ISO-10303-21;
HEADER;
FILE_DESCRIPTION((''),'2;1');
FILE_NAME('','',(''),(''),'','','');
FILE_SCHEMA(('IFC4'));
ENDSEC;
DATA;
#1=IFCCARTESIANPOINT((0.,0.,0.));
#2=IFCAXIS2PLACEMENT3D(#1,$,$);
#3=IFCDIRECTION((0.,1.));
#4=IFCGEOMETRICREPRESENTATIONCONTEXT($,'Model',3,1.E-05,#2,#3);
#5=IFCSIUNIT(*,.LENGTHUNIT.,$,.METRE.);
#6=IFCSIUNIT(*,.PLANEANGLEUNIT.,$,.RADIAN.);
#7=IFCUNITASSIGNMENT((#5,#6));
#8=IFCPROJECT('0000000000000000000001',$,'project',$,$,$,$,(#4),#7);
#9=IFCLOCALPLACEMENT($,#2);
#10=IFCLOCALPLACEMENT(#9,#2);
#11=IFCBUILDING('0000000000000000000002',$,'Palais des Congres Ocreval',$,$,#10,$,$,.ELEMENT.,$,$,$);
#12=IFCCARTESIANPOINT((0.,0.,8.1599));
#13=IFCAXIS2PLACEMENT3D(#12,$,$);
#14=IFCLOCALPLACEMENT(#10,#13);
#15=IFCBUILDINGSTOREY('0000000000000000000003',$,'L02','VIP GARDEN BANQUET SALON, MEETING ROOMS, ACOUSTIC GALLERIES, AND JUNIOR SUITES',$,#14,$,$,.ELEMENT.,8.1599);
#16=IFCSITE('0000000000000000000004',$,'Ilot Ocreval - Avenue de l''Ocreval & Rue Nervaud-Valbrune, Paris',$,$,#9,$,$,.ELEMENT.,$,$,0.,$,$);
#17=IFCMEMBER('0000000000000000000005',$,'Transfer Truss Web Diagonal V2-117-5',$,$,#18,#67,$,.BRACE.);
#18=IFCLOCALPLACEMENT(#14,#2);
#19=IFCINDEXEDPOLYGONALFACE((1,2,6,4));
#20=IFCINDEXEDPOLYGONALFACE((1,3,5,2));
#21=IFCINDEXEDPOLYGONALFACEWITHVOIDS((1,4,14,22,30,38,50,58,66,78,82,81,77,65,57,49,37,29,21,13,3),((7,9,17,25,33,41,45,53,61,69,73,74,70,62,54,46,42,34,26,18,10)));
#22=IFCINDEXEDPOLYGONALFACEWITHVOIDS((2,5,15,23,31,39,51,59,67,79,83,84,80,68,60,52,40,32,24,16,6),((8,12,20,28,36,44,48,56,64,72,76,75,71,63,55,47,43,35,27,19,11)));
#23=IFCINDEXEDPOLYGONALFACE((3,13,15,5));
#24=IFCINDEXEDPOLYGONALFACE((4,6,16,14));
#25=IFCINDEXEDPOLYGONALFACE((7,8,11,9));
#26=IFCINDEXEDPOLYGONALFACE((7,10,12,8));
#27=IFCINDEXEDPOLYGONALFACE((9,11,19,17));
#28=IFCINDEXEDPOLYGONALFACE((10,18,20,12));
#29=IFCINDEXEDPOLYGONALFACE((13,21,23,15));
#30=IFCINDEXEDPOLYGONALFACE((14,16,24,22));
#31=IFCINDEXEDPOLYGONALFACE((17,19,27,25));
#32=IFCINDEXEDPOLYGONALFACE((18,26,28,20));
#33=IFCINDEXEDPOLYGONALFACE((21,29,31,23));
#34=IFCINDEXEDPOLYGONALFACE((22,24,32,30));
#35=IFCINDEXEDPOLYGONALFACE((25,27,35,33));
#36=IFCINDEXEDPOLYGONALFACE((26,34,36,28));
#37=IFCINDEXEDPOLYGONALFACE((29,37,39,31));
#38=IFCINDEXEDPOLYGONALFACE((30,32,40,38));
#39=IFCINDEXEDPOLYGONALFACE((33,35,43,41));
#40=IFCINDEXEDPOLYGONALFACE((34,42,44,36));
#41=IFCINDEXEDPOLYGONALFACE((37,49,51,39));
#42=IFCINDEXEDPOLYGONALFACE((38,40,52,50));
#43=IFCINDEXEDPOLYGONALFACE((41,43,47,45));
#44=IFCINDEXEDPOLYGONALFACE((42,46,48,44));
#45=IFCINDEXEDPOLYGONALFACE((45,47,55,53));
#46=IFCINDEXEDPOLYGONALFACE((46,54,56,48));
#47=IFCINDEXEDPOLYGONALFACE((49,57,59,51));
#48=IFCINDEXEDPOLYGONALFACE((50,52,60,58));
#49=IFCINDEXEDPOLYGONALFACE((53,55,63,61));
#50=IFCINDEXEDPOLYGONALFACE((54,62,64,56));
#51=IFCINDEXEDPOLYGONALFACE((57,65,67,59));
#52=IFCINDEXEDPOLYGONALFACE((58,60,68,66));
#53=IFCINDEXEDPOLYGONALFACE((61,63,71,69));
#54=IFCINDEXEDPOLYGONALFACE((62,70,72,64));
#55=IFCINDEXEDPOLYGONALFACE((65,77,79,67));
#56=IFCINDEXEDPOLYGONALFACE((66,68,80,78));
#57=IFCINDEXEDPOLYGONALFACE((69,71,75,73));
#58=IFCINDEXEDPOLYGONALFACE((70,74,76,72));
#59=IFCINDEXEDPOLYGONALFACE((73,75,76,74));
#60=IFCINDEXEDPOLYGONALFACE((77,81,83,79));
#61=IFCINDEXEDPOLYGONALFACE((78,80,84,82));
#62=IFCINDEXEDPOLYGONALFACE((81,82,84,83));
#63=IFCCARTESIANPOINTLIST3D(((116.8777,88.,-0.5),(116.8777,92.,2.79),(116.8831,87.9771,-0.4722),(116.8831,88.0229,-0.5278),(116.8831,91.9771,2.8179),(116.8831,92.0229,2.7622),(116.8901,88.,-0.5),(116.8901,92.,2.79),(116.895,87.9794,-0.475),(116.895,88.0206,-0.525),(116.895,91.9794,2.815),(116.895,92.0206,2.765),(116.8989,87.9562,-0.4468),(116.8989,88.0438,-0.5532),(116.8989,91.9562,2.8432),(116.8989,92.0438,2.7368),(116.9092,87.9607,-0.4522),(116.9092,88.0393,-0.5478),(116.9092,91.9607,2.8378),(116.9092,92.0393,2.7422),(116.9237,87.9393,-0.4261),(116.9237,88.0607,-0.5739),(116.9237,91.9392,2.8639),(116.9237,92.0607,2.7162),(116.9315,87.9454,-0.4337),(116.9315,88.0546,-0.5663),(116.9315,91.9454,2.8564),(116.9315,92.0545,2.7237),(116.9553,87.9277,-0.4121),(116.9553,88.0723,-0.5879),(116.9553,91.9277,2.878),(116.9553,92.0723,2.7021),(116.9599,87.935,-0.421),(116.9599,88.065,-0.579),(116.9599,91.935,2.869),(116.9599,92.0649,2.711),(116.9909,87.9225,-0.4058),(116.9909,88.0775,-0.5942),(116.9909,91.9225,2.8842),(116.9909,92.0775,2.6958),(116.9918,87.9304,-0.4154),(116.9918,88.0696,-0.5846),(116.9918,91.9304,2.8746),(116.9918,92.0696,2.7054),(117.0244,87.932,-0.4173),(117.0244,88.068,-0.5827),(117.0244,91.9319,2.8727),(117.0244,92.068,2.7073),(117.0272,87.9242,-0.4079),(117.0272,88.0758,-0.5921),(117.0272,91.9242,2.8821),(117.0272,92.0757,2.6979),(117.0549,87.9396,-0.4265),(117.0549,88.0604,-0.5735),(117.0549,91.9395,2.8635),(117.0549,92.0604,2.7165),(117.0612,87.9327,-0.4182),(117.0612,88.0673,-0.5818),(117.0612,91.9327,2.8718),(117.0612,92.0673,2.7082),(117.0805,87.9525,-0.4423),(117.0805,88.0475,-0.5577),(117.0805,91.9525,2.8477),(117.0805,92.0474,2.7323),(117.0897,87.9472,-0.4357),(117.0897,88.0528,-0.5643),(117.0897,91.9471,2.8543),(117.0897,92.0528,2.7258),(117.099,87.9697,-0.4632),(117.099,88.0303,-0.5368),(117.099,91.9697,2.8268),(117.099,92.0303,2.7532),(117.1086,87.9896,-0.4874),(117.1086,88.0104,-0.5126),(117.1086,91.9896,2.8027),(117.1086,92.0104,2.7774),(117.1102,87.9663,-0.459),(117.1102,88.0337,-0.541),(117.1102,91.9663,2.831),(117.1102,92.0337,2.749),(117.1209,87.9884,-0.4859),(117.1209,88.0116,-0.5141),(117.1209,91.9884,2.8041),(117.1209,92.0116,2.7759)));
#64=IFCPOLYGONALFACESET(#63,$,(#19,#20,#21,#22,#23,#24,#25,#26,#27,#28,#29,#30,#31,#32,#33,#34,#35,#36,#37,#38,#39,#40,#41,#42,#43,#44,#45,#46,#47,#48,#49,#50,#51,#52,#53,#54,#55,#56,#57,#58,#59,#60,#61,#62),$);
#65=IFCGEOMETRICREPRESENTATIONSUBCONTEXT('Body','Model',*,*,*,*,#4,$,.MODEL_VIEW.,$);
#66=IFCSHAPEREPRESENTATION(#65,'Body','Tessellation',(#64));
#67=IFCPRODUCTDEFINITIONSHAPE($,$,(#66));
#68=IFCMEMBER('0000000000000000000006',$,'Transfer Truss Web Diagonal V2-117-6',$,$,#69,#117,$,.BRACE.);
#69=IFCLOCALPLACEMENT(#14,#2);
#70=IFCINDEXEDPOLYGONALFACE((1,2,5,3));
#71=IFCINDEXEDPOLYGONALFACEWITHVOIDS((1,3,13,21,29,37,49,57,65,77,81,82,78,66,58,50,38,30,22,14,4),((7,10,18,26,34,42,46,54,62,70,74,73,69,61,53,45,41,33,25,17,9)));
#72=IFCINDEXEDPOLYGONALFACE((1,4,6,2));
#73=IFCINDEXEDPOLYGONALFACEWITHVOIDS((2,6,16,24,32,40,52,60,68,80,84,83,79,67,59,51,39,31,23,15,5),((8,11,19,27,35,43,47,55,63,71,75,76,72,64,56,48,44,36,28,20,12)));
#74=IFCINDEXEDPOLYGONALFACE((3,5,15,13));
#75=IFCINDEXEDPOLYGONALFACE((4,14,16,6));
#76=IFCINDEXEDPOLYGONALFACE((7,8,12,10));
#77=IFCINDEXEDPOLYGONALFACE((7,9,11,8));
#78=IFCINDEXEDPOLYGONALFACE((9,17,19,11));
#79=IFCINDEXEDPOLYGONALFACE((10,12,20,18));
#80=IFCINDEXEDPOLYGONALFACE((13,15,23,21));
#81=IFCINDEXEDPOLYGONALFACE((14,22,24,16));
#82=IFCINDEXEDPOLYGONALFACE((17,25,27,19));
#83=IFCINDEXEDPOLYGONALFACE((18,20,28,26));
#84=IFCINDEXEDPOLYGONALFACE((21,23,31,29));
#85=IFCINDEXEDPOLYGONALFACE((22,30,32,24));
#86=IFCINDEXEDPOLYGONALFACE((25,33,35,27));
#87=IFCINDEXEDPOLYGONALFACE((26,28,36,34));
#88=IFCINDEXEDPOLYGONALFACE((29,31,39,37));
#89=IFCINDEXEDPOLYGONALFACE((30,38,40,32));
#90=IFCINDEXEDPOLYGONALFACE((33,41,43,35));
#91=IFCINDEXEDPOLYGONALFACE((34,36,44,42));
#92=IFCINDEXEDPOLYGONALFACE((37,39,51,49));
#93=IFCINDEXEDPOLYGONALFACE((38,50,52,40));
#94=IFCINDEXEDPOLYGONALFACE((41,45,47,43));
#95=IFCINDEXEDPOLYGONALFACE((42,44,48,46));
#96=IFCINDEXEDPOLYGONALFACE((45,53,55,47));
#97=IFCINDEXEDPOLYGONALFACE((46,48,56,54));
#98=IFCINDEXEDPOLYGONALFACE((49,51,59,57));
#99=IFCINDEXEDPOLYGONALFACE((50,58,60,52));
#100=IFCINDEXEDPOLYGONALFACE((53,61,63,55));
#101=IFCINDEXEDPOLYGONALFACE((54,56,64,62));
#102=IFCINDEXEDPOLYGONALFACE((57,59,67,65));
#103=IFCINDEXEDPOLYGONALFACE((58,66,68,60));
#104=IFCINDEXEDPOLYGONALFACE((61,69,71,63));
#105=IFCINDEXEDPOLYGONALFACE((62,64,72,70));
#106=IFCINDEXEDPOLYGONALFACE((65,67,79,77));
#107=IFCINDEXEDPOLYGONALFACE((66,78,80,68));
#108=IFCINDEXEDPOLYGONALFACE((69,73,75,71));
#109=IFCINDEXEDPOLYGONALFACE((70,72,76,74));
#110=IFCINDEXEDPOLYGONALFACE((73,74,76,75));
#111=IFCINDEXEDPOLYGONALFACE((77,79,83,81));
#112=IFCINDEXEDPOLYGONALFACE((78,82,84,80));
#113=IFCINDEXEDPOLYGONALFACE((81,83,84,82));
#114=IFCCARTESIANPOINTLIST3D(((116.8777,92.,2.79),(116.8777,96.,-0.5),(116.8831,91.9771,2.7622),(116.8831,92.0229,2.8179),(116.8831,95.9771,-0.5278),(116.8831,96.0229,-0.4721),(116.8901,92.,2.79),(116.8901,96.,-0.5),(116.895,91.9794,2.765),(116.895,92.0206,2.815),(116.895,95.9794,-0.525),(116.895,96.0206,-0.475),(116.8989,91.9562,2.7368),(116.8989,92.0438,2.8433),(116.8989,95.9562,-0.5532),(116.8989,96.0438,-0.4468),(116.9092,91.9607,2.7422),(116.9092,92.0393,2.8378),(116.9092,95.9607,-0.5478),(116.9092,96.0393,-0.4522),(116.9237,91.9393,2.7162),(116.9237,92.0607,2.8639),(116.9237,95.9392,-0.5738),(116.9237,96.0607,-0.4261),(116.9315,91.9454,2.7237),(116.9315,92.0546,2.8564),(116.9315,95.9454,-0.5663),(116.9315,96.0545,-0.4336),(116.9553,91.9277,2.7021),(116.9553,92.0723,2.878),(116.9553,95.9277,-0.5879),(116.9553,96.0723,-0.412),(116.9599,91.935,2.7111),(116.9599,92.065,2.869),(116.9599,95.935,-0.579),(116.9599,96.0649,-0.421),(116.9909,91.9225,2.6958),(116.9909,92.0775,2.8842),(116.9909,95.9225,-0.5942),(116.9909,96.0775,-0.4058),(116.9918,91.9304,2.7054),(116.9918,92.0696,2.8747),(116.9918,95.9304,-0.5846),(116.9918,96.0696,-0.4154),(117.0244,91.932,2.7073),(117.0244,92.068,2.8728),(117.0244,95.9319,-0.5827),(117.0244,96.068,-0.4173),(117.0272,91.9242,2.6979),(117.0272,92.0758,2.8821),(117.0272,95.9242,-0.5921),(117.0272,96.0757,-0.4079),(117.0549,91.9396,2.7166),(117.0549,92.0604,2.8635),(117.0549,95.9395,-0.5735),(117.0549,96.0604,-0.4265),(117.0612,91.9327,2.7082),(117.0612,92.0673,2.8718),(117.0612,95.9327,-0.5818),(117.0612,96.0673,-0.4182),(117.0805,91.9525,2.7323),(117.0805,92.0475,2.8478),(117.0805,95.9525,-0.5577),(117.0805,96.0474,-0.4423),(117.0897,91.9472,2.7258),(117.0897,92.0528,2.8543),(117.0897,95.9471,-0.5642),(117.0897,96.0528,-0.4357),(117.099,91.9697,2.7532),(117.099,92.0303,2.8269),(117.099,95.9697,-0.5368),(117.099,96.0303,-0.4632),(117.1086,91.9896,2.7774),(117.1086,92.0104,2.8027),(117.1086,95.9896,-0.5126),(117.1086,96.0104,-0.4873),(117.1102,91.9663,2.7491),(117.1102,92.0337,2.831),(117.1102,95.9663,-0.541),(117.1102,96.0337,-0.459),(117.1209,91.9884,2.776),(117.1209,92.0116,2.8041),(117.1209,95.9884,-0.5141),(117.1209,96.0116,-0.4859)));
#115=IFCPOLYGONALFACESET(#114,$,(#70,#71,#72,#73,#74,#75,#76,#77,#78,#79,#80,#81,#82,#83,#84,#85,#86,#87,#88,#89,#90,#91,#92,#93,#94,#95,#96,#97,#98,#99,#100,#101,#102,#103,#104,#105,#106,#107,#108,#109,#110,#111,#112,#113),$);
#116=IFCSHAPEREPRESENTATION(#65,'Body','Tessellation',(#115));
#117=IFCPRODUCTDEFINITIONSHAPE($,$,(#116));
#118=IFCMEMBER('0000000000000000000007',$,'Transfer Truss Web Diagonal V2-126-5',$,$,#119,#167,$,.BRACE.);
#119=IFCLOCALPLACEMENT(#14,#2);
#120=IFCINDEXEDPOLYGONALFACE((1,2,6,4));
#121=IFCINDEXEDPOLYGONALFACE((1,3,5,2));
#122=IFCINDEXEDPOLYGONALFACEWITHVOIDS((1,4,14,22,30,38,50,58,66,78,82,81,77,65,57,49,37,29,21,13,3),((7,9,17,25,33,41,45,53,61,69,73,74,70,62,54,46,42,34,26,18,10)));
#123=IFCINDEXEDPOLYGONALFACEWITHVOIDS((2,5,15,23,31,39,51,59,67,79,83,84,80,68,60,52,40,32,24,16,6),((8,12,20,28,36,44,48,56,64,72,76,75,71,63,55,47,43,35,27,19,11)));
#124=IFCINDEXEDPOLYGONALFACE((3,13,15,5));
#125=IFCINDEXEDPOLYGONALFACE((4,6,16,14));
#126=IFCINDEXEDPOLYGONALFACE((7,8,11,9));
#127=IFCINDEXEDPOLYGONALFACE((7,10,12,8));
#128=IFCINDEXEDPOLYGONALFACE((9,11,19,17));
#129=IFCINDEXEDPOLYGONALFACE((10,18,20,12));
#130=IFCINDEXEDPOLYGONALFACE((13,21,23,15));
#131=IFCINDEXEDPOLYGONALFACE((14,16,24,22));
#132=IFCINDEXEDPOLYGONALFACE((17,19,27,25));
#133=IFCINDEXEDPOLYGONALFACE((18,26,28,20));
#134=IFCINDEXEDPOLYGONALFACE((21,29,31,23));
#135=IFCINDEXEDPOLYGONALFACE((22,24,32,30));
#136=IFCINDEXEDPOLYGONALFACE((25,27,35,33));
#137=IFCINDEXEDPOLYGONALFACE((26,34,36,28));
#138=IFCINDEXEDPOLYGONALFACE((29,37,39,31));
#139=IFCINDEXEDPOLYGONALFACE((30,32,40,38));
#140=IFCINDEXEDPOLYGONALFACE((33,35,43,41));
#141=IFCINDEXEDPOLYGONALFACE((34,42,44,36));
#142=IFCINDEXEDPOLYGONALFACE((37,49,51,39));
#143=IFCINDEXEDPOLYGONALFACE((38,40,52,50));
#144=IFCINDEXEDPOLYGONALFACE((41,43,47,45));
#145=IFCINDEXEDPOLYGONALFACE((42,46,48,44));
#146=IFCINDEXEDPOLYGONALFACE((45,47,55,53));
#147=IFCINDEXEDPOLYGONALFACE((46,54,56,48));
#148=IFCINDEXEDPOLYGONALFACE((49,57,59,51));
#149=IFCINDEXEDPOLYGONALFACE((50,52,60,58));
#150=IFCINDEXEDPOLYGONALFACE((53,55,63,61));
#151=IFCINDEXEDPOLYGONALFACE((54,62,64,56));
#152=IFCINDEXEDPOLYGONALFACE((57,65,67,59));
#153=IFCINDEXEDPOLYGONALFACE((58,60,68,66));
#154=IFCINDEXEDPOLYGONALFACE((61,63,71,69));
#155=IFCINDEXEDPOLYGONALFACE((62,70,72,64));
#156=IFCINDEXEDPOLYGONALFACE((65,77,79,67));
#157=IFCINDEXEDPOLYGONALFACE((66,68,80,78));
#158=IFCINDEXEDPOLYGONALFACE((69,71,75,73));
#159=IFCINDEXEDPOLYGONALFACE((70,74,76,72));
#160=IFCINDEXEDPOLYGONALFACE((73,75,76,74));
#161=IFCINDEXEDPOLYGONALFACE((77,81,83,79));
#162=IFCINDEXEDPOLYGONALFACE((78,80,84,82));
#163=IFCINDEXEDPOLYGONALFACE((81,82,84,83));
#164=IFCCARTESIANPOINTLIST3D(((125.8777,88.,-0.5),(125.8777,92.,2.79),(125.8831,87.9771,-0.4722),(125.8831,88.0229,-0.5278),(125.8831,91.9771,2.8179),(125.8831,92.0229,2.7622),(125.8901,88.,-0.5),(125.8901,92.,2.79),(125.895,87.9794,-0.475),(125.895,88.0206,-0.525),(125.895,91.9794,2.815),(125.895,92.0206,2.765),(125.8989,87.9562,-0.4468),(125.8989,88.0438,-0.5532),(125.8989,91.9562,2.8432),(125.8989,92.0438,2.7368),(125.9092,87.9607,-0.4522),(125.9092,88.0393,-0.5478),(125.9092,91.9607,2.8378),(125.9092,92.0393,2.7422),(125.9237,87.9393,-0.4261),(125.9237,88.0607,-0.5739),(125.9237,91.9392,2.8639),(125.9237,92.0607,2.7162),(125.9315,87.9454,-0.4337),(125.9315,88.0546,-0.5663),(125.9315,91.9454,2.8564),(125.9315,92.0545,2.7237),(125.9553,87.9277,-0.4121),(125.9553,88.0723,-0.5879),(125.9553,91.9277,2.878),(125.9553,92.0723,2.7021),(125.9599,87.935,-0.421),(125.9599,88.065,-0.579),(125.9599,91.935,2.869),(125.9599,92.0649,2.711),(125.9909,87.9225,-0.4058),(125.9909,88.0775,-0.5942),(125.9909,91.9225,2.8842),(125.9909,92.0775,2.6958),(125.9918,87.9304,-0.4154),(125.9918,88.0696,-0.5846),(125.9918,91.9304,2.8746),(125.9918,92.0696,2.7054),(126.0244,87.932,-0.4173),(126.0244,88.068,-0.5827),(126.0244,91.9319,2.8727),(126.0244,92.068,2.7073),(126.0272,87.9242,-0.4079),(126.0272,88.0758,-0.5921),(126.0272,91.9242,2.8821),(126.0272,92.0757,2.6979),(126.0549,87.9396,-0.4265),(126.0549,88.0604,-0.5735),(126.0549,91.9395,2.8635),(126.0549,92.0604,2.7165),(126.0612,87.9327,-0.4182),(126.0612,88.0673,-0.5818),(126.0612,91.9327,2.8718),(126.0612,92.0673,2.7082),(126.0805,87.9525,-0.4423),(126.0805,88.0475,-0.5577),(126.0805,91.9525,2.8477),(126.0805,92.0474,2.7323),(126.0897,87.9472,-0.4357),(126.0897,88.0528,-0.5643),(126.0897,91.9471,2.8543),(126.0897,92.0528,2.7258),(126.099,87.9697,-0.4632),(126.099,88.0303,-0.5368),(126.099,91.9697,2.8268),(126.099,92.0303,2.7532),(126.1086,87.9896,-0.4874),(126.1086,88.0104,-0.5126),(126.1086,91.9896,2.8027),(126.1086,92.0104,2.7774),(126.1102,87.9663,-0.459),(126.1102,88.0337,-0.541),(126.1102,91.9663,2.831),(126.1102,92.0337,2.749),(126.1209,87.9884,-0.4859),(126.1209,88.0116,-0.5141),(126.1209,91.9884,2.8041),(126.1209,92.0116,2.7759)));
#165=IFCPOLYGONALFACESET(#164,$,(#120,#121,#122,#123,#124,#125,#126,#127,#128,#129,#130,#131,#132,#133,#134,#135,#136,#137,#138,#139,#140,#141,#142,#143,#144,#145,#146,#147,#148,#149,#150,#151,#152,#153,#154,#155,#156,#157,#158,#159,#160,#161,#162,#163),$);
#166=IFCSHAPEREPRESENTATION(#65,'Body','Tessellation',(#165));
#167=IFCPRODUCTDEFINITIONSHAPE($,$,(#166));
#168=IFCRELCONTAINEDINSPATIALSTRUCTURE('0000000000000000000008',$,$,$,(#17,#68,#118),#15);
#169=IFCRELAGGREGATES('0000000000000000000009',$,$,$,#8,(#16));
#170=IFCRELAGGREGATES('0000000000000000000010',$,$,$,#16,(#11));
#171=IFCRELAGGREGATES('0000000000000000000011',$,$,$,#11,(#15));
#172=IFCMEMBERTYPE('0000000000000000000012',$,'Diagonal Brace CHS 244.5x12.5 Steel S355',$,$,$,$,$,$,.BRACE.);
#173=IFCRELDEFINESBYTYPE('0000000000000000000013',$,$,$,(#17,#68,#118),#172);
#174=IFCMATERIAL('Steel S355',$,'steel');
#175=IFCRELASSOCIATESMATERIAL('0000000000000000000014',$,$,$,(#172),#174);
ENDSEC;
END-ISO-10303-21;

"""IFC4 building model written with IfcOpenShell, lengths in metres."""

from ifc_helpers import new_model, si_unit, direction, frame, origin, origin_2d, place, context, subcontext, project, spatial, hollow_circle, extrude, material, material_profile, profile_set, type_object, element, save


model = new_model("IFC4")

# Units and contexts
model_context = context("Model", 3, precision=1e-05, world=origin(), true_north=direction((0.0, 1.0)))
body_context = subcontext(model_context, "Body", "Model", "MODEL_VIEW")
ifc_project = project(units=[si_unit("LENGTHUNIT", "METRE"), si_unit("PLANEANGLEUNIT", "RADIAN")], contexts=[model_context])

# Site, building, storey
site_placement = place(None, origin())
site = spatial("IfcSite", under=ifc_project, at=site_placement, Name="Ilot Ocreval - Avenue de l'Ocreval & Rue Nervaud-Valbrune, Paris", CompositionType="ELEMENT", RefElevation=0.0)
building_placement = place(site_placement, origin())
building = spatial("IfcBuilding", under=site, at=building_placement, Name="Palais des Congres Ocreval", CompositionType="ELEMENT")
storey_placement = place(building_placement, frame((0.0, 0.0, 8.1599)))
storey = spatial("IfcBuildingStorey", under=building, at=storey_placement, Name="L02", Description="VIP GARDEN BANQUET SALON, MEETING ROOMS, ACOUSTIC GALLERIES, AND JUNIOR SUITES", CompositionType="ELEMENT", Elevation=8.1599)

# Members
ifc_material_1 = material(Name="Steel S355", Category="steel")
ifc_material_profile_1 = material_profile(ifc_material_1, hollow_circle(Radius=0.1223, WallThickness=0.0125, at=origin_2d()), Name="CHS 244.5x12.5")
ifc_profile_set_1 = profile_set([ifc_material_profile_1], Name="Steel S355")
member_type_1 = type_object("IfcMemberType", Name="Diagonal Brace CHS 244.5x12.5 Steel S355", PredefinedType="BRACE", material=ifc_profile_set_1)
for number, where, z_axis, x_axis, name in (
    (1, (117.0, 88.0, -0.5), (0.0, 0.772317, 0.635238), (-1.0, 0.0, 0.0), "Transfer Truss Web Diagonal V2-117-5"),
    (2, (117.0, 92.0, 2.79), (0.0, 0.772317, -0.635238), (-1.0, 0.0, 0.0), "Transfer Truss Web Diagonal V2-117-6"),
    (3, (126.0, 88.0, -0.5), (0.0, 0.772317, 0.635238), (-1.0, 0.0, 0.0), "Transfer Truss Web Diagonal V2-126-5"),
):
    element("IfcMember", number, at=place(storey_placement, frame(where, z_axis=z_axis, x_axis=x_axis)), inside=storey, type_object=member_type_1, Name=name, PredefinedType="BRACE", context=body_context, shape_type="SweptSolid", body=[
        extrude(hollow_circle(Radius=0.1223, WallThickness=0.0125, at=origin_2d()), origin(), (0.0, 0.0, 1.0), 5.1792),
    ])

save(model, "model.ifc")
